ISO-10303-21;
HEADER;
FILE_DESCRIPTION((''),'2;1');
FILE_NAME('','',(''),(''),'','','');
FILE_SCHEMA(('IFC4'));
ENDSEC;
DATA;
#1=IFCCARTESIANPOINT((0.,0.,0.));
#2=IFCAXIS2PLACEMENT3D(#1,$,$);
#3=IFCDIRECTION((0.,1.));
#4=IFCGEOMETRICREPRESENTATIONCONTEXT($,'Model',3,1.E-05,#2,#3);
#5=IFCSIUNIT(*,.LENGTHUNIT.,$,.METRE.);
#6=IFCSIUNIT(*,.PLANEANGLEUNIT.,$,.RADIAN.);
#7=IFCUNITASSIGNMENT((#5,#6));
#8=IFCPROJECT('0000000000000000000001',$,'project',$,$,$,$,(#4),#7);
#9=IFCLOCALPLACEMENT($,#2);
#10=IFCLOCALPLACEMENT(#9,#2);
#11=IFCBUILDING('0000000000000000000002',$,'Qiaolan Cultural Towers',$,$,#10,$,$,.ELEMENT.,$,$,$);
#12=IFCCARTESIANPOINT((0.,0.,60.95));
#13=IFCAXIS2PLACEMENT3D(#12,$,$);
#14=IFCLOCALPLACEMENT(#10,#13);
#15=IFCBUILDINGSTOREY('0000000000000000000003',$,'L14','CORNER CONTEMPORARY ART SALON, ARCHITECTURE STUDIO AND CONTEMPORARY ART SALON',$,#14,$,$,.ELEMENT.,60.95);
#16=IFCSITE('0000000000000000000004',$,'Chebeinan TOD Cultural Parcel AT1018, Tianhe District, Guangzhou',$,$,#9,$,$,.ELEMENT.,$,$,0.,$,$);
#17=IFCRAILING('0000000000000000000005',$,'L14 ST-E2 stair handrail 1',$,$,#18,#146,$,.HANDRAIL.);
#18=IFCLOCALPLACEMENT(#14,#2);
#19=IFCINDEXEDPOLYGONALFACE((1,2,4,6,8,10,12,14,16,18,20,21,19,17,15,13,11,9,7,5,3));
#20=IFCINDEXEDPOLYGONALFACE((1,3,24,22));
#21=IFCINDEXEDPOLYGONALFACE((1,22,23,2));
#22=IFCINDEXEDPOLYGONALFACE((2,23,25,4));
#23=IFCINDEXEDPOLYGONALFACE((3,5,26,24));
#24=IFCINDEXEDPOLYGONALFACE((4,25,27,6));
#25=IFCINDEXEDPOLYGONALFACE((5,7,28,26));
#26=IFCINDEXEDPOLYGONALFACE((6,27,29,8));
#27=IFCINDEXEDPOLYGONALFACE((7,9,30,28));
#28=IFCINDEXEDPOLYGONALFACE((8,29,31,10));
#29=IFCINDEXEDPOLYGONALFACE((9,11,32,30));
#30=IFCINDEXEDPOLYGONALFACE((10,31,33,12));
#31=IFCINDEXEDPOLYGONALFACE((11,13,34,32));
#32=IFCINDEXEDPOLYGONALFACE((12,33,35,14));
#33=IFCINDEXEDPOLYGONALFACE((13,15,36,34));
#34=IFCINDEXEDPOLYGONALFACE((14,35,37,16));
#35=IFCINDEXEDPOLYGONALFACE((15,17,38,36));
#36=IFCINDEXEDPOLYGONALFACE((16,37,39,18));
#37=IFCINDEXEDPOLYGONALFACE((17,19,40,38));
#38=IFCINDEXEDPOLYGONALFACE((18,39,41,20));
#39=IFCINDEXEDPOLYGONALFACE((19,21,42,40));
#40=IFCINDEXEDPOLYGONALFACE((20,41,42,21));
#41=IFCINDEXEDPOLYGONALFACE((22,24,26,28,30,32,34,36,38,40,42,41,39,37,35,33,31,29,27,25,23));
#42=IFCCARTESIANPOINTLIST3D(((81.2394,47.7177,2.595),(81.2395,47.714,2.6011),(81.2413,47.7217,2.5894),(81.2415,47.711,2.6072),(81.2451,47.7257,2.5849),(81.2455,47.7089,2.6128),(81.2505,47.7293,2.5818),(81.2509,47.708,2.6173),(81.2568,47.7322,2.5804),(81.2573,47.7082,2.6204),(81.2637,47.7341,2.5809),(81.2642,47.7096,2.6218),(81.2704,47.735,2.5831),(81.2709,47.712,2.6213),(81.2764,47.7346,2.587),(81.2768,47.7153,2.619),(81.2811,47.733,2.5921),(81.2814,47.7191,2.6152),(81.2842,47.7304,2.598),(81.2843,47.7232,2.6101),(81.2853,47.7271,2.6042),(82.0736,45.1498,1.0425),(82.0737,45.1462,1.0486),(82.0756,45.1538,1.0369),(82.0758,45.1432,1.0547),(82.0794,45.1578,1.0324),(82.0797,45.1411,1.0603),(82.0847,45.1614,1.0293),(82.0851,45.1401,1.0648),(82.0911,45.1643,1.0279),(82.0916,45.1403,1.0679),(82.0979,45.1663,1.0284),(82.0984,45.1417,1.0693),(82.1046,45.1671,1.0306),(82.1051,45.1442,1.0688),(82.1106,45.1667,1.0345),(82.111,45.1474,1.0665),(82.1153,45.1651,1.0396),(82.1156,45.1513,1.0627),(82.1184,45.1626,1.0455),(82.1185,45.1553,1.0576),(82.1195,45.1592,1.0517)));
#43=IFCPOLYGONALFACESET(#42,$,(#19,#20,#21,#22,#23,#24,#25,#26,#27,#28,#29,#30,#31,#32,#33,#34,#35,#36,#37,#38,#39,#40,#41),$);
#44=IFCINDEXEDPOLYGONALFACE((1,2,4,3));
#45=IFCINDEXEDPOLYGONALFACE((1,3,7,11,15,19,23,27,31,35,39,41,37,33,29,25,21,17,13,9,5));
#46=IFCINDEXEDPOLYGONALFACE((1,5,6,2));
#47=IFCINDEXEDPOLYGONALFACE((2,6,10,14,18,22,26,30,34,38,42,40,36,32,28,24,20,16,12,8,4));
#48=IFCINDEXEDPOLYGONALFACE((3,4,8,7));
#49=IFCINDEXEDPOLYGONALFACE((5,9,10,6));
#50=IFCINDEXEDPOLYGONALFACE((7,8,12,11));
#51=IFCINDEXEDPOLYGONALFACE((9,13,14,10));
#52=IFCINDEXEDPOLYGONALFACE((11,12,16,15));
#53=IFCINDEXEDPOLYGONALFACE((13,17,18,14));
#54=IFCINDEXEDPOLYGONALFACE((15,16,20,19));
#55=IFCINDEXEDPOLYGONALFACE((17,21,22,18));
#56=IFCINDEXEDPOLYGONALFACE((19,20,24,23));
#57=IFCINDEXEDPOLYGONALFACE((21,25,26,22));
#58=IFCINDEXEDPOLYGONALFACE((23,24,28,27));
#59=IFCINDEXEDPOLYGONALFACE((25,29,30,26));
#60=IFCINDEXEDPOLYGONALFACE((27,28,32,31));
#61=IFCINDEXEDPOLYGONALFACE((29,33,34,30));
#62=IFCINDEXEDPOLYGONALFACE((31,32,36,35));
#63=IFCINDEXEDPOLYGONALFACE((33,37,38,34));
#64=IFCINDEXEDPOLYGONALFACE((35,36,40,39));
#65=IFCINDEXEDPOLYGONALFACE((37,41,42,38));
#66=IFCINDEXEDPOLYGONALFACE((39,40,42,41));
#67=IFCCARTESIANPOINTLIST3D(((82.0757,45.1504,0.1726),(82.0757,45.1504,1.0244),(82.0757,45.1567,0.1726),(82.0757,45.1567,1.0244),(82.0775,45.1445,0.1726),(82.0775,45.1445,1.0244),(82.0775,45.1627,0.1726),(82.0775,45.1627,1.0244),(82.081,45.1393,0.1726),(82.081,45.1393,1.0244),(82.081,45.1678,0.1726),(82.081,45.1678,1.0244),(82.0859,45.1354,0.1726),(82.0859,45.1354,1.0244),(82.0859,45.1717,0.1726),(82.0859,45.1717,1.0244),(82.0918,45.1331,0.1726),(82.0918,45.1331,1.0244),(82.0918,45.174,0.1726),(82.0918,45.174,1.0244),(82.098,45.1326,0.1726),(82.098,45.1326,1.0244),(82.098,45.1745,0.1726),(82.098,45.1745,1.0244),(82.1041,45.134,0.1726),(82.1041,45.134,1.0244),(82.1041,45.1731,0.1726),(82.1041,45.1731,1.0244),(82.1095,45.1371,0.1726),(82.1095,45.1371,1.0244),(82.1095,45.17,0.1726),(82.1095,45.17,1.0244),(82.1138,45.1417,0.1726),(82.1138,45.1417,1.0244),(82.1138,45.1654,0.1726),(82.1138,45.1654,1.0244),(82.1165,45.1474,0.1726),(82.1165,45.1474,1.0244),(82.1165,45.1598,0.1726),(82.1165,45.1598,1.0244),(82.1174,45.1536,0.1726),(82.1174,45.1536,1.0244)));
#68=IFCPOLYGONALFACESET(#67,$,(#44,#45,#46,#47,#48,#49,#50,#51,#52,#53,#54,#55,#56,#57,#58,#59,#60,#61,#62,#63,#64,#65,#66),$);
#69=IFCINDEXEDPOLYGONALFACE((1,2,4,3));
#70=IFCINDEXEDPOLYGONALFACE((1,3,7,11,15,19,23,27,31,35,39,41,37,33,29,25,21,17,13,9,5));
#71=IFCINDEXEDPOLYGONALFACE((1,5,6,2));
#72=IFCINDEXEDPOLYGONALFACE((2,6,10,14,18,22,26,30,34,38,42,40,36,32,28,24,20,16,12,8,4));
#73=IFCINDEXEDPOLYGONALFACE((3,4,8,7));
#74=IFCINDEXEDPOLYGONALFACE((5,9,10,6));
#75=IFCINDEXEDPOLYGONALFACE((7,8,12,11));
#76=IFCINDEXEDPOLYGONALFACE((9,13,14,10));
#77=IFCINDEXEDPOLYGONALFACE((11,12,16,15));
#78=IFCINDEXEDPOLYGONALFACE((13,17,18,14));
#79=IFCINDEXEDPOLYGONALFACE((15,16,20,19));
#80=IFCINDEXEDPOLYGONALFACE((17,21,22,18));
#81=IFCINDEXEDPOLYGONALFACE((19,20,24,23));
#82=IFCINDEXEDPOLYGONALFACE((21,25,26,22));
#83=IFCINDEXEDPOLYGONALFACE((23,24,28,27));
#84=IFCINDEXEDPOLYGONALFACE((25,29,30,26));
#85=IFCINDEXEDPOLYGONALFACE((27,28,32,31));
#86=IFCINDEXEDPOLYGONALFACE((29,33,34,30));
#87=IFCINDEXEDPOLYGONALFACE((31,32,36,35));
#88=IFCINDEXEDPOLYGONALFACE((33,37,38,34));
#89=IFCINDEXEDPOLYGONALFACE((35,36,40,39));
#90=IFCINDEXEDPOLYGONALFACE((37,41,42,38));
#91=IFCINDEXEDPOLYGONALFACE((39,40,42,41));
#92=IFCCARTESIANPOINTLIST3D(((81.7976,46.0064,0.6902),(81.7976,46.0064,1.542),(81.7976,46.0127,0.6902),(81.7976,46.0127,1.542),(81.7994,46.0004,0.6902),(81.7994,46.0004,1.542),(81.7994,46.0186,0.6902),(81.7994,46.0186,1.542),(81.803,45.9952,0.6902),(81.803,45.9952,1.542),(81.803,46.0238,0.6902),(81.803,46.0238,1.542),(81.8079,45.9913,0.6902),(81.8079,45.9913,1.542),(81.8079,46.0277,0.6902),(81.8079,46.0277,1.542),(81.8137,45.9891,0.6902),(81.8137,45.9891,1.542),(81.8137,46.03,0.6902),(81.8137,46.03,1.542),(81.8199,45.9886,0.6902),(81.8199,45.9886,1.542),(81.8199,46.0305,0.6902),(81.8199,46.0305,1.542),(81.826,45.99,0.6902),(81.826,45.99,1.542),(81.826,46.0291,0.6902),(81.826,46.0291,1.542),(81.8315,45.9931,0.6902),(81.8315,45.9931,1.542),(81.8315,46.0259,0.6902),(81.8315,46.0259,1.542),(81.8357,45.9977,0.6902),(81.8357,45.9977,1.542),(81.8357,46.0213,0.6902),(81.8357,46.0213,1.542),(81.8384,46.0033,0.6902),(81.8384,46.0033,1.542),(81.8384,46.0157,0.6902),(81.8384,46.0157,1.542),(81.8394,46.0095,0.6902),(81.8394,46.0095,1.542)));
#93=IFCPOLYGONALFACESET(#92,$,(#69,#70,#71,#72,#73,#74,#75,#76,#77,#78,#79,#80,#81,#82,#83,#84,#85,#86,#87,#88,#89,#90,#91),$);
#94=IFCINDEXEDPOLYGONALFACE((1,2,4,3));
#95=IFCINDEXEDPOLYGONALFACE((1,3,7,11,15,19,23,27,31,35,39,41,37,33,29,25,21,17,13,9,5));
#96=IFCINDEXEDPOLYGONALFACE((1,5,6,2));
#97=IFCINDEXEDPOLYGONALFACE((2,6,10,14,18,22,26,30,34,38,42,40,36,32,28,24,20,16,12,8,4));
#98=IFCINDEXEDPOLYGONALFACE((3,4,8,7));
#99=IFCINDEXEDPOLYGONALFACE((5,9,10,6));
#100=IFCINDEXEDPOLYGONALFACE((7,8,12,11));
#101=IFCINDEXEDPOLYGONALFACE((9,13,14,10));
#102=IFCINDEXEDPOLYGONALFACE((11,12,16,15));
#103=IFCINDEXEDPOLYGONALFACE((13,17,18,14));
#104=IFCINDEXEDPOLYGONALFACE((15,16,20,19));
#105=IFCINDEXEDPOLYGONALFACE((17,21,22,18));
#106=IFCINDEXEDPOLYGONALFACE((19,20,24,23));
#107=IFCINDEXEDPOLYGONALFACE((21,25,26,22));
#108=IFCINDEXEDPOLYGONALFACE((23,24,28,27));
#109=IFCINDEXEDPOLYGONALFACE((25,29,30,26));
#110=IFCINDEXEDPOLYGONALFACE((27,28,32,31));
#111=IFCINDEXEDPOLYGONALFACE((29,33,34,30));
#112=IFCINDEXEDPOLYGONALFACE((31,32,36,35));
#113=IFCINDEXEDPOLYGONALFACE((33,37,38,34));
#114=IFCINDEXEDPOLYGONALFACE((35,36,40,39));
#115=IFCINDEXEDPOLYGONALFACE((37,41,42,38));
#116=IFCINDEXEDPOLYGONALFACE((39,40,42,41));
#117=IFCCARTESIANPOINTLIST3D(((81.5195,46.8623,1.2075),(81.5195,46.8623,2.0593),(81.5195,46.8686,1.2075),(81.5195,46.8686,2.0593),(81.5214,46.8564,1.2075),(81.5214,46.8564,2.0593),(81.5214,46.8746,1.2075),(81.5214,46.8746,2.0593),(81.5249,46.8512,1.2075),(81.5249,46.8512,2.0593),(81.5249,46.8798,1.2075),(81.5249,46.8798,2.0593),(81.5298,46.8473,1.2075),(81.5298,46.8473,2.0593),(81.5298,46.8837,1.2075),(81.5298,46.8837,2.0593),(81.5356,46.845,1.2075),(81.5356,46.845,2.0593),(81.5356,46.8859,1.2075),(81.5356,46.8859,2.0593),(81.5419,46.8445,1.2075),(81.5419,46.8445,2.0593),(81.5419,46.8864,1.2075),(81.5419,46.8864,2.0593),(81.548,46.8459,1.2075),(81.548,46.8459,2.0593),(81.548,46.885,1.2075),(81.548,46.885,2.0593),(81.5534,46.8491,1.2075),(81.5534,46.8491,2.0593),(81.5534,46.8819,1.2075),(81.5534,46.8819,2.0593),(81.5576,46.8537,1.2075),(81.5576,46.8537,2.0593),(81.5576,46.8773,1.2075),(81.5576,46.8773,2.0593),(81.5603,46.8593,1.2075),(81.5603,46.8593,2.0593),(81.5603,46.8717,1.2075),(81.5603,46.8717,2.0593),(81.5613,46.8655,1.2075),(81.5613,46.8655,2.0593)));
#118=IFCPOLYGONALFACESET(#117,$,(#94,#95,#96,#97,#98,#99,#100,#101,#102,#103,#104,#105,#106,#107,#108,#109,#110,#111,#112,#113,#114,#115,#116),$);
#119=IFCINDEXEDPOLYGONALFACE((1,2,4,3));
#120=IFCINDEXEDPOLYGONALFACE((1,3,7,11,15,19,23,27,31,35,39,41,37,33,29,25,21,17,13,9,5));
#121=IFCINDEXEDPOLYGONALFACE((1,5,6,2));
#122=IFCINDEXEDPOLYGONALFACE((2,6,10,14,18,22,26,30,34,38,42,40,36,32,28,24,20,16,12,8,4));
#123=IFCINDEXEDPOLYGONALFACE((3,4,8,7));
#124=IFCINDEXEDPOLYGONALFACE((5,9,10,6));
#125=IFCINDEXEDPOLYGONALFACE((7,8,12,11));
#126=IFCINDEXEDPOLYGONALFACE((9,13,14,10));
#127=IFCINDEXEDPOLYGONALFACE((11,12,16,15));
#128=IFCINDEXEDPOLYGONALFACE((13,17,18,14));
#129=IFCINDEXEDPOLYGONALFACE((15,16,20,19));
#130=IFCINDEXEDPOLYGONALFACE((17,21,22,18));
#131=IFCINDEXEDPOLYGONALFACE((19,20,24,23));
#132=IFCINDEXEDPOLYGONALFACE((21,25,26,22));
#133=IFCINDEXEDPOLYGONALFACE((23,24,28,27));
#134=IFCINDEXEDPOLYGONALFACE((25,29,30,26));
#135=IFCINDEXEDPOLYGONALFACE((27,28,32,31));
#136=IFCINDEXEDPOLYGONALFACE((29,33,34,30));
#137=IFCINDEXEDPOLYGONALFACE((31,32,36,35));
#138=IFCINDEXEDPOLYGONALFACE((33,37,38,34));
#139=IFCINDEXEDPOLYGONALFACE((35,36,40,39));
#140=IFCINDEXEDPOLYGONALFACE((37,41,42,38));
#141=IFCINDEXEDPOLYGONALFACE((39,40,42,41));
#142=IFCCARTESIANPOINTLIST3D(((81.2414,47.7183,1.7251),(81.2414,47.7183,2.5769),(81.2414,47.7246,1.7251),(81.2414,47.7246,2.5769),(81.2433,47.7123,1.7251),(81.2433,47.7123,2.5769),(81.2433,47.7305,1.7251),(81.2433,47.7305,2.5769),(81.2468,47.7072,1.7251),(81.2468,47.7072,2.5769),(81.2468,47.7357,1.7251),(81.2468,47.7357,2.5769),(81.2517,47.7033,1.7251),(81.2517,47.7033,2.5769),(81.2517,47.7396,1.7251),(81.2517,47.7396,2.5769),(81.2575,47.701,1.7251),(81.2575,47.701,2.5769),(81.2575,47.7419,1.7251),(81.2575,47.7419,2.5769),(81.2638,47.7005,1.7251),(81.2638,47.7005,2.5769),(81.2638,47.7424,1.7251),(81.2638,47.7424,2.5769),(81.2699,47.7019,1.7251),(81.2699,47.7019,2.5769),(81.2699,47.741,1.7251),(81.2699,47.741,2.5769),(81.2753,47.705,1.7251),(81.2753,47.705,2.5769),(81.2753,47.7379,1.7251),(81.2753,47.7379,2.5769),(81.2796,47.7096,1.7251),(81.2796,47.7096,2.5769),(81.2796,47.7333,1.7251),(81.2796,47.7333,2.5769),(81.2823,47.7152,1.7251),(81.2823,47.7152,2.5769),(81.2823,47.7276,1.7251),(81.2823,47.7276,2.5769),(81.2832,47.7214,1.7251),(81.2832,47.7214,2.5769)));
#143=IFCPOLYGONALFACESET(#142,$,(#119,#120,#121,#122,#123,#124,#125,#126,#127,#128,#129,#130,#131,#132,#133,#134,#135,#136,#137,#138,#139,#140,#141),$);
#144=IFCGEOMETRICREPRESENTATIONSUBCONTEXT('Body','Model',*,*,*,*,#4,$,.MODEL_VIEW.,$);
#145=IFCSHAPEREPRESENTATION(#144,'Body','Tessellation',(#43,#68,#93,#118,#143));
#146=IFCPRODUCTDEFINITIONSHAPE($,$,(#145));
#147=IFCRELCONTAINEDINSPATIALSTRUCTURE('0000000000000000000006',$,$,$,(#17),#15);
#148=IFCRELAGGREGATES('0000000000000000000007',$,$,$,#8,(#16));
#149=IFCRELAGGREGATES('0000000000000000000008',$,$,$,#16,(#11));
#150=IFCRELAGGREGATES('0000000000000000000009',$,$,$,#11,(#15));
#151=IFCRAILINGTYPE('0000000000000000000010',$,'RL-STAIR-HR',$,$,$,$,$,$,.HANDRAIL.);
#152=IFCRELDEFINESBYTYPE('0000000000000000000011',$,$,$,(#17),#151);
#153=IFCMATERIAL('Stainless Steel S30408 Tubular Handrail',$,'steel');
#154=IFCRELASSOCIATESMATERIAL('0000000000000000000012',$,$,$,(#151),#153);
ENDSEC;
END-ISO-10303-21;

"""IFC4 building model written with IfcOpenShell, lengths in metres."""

from ifc_helpers import new_model, si_unit, direction, frame, origin, origin_2d, place, context, subcontext, project, spatial, circle, extrude, material, type_object, element, save


model = new_model("IFC4")

# Units and contexts
model_context = context("Model", 3, precision=1e-05, world=origin(), true_north=direction((0.0, 1.0)))
body_context = subcontext(model_context, "Body", "Model", "MODEL_VIEW")
ifc_project = project(units=[si_unit("LENGTHUNIT", "METRE"), si_unit("PLANEANGLEUNIT", "RADIAN")], contexts=[model_context])

# Site, building, storey
site_placement = place(None, origin())
site = spatial("IfcSite", under=ifc_project, at=site_placement, Name="Chebeinan TOD Cultural Parcel AT1018, Tianhe District, Guangzhou", CompositionType="ELEMENT", RefElevation=0.0)
building_placement = place(site_placement, origin())
building = spatial("IfcBuilding", under=site, at=building_placement, Name="Qiaolan Cultural Towers", CompositionType="ELEMENT")
storey_placement = place(building_placement, frame((0.0, 0.0, 60.95)))
storey = spatial("IfcBuildingStorey", under=building, at=storey_placement, Name="L14", Description="CORNER CONTEMPORARY ART SALON, ARCHITECTURE STUDIO AND CONTEMPORARY ART SALON", CompositionType="ELEMENT", Elevation=60.95)

# Railing
ifc_material_1 = material(Name="Stainless Steel S30408 Tubular Handrail", Category="steel")
railing_type_1 = type_object("IfcRailingType", Name="RL-STAIR-HR", PredefinedType="HANDRAIL", material=ifc_material_1)
railing_1_placement = place(storey_placement, frame((82.0964, 45.1536, 0.1726)))
element("IfcRailing", 1, at=railing_1_placement, inside=storey, type_object=railing_type_1, Name="L14 ST-E2 stair handrail 1", PredefinedType="HANDRAIL", context=body_context, shape_type="SweptSolid", body=[
    extrude(circle(Radius=0.0239, at=origin_2d()), frame((0.0, 0.0, 0.876), z_axis=(-0.267853, 0.824488, 0.498471), x_axis=(-0.95107, -0.308976, 0.0)), (0.0, 0.0, 1.0), 3.1145),
    extrude(circle(Radius=0.021, at=origin_2d()), origin(), (0.0, 0.0, 1.0), 0.8518),
    extrude(circle(Radius=0.021, at=origin_2d()), frame((-0.2781, 0.856, 0.5176)), (0.0, 0.0, 1.0), 0.8518),
    extrude(circle(Radius=0.021, at=origin_2d()), frame((-0.5562, 1.7119, 1.0349)), (0.0, 0.0, 1.0), 0.8518),
    extrude(circle(Radius=0.021, at=origin_2d()), frame((-0.8342, 2.5679, 1.5525)), (0.0, 0.0, 1.0), 0.8518),
])

save(model, "model.ifc")
